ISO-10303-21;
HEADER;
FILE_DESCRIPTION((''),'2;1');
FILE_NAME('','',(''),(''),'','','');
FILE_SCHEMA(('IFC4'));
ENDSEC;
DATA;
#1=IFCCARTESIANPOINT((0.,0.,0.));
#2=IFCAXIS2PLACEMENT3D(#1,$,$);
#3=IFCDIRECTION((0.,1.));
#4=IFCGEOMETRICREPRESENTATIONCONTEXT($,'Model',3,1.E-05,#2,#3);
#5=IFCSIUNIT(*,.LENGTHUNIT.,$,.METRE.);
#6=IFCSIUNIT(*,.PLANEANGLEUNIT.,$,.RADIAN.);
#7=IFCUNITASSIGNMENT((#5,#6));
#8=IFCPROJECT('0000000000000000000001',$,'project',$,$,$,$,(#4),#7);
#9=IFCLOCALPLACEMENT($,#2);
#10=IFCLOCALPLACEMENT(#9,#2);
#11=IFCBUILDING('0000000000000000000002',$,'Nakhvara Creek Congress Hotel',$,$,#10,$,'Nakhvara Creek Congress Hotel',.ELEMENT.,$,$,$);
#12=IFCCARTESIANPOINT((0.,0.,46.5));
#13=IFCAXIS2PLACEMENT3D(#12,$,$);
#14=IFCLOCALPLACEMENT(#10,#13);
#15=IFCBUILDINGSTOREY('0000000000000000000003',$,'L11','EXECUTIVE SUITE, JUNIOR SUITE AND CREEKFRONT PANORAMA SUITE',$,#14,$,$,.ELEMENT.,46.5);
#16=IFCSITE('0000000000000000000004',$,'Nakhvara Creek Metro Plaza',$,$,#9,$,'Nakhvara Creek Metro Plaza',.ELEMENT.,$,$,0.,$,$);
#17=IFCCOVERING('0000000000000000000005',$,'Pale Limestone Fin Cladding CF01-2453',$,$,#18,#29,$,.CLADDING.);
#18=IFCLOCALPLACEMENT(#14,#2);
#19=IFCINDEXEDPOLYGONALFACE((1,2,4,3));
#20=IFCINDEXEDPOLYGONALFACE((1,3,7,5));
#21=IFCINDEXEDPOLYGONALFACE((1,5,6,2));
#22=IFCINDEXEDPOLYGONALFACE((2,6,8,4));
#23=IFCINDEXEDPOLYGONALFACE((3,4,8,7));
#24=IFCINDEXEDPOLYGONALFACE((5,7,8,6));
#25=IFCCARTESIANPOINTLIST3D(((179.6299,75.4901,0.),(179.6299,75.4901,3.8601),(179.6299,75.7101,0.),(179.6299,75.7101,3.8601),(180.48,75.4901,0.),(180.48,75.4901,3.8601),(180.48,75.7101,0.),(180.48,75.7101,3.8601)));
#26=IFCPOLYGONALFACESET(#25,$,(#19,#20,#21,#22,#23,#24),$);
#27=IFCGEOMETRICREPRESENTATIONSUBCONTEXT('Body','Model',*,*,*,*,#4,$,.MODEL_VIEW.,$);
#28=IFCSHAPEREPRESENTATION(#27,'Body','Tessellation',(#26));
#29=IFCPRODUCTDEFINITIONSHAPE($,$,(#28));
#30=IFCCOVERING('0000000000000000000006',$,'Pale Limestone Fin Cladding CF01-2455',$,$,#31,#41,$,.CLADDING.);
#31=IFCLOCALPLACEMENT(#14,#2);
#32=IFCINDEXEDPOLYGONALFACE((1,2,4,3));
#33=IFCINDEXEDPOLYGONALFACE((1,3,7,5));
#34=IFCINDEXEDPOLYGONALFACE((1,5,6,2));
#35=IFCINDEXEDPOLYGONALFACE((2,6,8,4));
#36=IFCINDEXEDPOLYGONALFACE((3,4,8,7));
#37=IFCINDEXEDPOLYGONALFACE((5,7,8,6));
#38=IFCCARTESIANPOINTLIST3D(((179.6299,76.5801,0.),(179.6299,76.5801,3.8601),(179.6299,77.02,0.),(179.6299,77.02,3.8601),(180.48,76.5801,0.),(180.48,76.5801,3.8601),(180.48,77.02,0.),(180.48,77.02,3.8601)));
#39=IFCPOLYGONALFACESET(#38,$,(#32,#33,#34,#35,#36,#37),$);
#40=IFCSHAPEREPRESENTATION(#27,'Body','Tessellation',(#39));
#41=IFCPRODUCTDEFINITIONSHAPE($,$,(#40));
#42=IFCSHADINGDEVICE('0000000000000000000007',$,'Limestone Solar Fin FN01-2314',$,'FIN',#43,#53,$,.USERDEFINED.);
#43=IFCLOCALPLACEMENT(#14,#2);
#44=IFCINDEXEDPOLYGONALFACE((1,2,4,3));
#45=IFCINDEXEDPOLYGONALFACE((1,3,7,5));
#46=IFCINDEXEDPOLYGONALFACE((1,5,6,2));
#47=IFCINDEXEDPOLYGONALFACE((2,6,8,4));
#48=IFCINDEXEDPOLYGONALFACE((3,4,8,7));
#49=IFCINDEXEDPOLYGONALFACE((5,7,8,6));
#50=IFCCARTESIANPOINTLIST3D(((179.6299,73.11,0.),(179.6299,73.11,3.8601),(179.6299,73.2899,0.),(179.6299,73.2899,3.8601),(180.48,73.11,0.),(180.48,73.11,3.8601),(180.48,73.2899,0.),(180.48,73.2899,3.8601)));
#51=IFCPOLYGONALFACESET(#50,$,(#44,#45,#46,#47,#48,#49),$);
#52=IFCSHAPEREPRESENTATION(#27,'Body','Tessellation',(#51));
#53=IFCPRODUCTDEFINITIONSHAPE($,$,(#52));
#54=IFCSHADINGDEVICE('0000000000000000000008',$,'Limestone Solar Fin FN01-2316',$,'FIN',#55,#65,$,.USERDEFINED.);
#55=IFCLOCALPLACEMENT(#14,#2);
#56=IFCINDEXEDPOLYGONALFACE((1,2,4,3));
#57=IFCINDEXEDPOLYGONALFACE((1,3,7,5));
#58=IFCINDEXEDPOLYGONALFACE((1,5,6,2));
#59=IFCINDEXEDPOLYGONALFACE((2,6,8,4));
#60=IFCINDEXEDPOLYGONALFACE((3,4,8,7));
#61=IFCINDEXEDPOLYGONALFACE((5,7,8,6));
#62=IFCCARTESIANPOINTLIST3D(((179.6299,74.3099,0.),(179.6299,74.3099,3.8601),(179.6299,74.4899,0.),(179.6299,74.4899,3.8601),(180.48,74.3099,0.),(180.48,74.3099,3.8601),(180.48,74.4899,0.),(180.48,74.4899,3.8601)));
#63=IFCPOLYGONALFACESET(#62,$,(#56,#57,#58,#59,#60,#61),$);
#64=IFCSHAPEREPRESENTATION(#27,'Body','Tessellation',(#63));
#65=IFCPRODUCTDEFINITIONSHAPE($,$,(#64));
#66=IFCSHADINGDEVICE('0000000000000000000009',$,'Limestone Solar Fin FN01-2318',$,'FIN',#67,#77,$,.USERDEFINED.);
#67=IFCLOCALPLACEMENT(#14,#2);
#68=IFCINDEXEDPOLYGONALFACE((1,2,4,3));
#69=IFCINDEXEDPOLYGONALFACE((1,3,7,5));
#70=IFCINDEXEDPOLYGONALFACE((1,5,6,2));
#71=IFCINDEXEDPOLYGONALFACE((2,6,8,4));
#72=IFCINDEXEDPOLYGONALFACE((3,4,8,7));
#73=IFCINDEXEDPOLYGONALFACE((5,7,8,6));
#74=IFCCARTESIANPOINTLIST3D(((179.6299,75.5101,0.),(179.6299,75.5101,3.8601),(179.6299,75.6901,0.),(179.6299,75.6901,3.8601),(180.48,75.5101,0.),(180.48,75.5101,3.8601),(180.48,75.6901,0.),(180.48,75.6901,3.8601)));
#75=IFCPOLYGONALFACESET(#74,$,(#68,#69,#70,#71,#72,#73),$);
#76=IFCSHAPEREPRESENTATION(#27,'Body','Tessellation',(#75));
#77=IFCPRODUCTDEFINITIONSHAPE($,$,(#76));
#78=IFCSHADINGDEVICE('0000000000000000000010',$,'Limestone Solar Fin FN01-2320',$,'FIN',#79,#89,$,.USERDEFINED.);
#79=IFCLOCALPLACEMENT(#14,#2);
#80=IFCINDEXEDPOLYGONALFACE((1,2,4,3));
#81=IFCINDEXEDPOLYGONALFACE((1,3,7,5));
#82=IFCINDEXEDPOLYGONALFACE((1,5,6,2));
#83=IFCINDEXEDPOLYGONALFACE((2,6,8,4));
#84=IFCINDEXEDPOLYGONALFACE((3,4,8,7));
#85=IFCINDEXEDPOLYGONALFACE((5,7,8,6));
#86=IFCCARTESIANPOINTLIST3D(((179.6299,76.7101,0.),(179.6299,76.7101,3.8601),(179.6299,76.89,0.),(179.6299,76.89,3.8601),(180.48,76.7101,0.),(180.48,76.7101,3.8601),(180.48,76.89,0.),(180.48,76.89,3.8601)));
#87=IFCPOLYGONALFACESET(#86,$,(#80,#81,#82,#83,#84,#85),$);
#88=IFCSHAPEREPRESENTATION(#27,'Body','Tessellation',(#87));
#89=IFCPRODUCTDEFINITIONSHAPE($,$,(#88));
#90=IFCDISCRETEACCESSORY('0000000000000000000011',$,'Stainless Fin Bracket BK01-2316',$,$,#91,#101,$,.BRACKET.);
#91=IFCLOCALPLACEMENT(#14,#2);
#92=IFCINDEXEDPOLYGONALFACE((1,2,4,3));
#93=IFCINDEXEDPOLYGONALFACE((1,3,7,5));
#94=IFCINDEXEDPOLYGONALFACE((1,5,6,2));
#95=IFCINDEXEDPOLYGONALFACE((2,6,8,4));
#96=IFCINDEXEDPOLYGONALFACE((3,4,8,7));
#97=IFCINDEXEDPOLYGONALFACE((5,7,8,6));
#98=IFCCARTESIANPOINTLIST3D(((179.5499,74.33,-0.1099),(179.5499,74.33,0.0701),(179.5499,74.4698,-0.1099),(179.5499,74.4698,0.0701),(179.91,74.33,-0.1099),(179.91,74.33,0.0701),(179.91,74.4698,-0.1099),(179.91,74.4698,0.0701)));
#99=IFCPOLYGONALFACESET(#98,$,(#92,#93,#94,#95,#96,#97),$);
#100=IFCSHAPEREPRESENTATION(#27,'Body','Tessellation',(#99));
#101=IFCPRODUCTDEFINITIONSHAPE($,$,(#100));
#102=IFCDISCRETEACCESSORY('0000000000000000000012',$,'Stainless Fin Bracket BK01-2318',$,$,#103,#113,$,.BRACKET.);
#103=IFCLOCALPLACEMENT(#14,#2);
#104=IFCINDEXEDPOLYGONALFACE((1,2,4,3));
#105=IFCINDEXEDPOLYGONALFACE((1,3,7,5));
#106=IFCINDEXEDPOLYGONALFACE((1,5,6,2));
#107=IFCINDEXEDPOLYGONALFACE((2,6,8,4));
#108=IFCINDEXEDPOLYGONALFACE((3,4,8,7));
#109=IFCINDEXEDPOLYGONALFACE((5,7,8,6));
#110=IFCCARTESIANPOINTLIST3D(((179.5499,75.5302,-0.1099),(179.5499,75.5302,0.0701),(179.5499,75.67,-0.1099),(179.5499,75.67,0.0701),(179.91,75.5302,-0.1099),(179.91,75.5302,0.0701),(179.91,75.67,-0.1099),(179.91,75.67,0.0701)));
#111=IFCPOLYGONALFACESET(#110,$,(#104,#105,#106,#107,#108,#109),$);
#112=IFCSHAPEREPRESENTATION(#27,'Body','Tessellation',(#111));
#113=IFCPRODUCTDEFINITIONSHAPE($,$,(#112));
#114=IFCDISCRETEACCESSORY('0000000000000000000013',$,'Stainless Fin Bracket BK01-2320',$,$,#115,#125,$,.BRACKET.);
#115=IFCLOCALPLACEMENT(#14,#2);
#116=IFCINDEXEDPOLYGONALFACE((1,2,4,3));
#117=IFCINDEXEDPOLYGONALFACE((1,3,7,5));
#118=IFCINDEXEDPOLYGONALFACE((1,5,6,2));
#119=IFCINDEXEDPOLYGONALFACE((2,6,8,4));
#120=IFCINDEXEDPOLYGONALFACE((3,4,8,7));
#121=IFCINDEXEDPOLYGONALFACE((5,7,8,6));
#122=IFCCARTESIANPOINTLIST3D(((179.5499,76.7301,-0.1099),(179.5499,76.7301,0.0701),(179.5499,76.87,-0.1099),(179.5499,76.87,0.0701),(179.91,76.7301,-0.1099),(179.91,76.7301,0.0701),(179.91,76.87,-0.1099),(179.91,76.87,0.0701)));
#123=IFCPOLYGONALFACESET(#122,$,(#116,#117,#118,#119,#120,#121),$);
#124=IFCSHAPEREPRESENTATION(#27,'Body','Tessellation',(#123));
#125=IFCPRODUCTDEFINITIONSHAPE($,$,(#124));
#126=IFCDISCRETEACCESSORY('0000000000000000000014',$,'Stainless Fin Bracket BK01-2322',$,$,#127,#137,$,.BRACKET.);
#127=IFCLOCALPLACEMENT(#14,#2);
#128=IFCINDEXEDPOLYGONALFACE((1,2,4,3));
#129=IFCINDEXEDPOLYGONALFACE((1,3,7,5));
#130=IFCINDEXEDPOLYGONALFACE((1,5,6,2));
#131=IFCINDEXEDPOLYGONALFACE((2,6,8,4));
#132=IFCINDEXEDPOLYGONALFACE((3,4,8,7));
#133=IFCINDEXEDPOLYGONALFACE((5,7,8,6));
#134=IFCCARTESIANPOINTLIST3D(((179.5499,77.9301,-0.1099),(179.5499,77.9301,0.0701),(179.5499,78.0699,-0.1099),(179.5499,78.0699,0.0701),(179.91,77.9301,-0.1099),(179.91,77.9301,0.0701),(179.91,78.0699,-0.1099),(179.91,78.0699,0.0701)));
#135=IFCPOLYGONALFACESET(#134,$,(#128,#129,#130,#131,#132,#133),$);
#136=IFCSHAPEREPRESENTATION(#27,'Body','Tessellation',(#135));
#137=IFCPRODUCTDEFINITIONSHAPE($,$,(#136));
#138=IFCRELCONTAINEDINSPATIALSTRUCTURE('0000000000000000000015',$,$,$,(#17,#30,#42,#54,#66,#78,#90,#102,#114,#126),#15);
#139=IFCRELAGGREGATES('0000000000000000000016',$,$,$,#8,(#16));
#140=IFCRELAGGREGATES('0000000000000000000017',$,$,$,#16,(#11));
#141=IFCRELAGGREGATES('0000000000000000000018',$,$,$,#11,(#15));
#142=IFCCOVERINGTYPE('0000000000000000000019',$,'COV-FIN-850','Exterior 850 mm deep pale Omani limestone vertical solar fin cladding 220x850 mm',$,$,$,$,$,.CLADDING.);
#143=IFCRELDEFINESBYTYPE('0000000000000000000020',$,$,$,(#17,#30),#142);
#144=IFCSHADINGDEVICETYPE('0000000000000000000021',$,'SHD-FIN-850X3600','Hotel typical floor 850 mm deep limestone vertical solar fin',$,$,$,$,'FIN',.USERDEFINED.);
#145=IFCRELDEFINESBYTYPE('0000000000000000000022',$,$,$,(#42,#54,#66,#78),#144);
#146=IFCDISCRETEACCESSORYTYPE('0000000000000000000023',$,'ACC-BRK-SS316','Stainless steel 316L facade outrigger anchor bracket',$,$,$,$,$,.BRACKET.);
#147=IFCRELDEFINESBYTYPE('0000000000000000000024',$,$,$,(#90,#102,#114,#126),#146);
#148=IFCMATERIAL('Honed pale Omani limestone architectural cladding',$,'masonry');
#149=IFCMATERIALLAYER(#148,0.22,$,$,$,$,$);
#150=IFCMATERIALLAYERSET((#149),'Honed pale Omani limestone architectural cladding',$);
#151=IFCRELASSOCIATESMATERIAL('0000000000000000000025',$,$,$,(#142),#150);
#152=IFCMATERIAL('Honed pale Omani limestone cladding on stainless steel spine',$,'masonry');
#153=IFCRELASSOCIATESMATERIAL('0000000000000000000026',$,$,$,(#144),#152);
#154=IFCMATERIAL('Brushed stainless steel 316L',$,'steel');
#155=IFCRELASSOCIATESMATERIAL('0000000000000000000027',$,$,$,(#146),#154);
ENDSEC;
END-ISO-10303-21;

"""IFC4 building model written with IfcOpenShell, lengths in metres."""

from ifc_helpers import new_model, si_unit, direction, frame, origin, origin_2d, place, context, subcontext, project, spatial, rectangle, extrude, material, layer, layer_set, type_object, element, save


model = new_model("IFC4")

# Units and contexts
model_context = context("Model", 3, precision=1e-05, world=origin(), true_north=direction((0.0, 1.0)))
body_context = subcontext(model_context, "Body", "Model", "MODEL_VIEW")
ifc_project = project(units=[si_unit("LENGTHUNIT", "METRE"), si_unit("PLANEANGLEUNIT", "RADIAN")], contexts=[model_context])

# Site, building, storey
site_placement = place(None, origin())
site = spatial("IfcSite", under=ifc_project, at=site_placement, Name="Nakhvara Creek Metro Plaza", LongName="Nakhvara Creek Metro Plaza", CompositionType="ELEMENT", RefElevation=0.0)
building_placement = place(site_placement, origin())
building = spatial("IfcBuilding", under=site, at=building_placement, Name="Nakhvara Creek Congress Hotel", LongName="Nakhvara Creek Congress Hotel", CompositionType="ELEMENT")
storey_placement = place(building_placement, frame((0.0, 0.0, 46.5)))
storey = spatial("IfcBuildingStorey", under=building, at=storey_placement, Name="L11", Description="EXECUTIVE SUITE, JUNIOR SUITE AND CREEKFRONT PANORAMA SUITE", CompositionType="ELEMENT", Elevation=46.5)

# Coverings
ifc_material_1 = material(Name="Honed pale Omani limestone architectural cladding", Category="masonry")
ifc_layer_1 = layer(ifc_material_1, 0.22)
ifc_layer_set_1 = layer_set([ifc_layer_1], Name="Honed pale Omani limestone architectural cladding")
covering_type = type_object("IfcCoveringType", Name="COV-FIN-850", Description="Exterior 850 mm deep pale Omani limestone vertical solar fin cladding 220x850 mm", PredefinedType="CLADDING", material=ifc_layer_set_1)
for number, where, z_axis, x_axis, name in (
    (1, (180.0549, 75.6001, 0.0), (0.0, 0.0, 1.0), (0.0, 1.0, 0.0), "Pale Limestone Fin Cladding CF01-2453"),
):
    element("IfcCovering", number, at=place(storey_placement, frame(where, z_axis=z_axis, x_axis=x_axis)), inside=storey, type_object=covering_type, Name=name, PredefinedType="CLADDING", context=body_context, shape_type="SweptSolid", body=[
        extrude(rectangle(XDim=0.22, YDim=0.8501, at=origin_2d()), origin(), (0.0, 0.0, 1.0), 3.8601),
    ])
covering_placement = place(storey_placement, frame((180.0549, 76.8, 0.0), z_axis=(0.0, 0.0, 1.0), x_axis=(0.0, 1.0, 0.0)))
element("IfcCovering", 2, at=covering_placement, inside=storey, type_object=covering_type, Name="Pale Limestone Fin Cladding CF01-2455", PredefinedType="CLADDING", context=body_context, shape_type="SweptSolid", body=[
    extrude(rectangle(XDim=0.4399, YDim=0.8501, at=origin_2d()), origin(), (0.0, 0.0, 1.0), 3.8601),
])

# Shading devices
ifc_material_2 = material(Name="Honed pale Omani limestone cladding on stainless steel spine", Category="masonry")
shading_device_type = type_object("IfcShadingDeviceType", Name="SHD-FIN-850X3600", Description="Hotel typical floor 850 mm deep limestone vertical solar fin", ElementType="FIN", PredefinedType="USERDEFINED", material=ifc_material_2)
for number, where, z_axis, x_axis, name in (
    (3, (180.0549, 73.2, 0.0), (0.0, 0.0, 1.0), (0.0, 1.0, 0.0), "Limestone Solar Fin FN01-2314"),
    (4, (180.0549, 74.3999, 0.0), (0.0, 0.0, 1.0), (0.0, 1.0, 0.0), "Limestone Solar Fin FN01-2316"),
    (5, (180.0549, 75.6001, 0.0), (0.0, 0.0, 1.0), (0.0, 1.0, 0.0), "Limestone Solar Fin FN01-2318"),
    (6, (180.0549, 76.8, 0.0), (0.0, 0.0, 1.0), (0.0, 1.0, 0.0), "Limestone Solar Fin FN01-2320"),
):
    element("IfcShadingDevice", number, at=place(storey_placement, frame(where, z_axis=z_axis, x_axis=x_axis)), inside=storey, type_object=shading_device_type, Name=name, ObjectType="FIN", PredefinedType="USERDEFINED", context=body_context, shape_type="SweptSolid", body=[
        extrude(rectangle(XDim=0.1799, YDim=0.8501, at=origin_2d()), origin(), (0.0, 0.0, 1.0), 3.8601),
    ])

# Discrete accessories
ifc_material_3 = material(Name="Brushed stainless steel 316L", Category="steel")
discrete_accessory_type = type_object("IfcDiscreteAccessoryType", Name="ACC-BRK-SS316", Description="Stainless steel 316L facade outrigger anchor bracket", PredefinedType="BRACKET", material=ifc_material_3)
for number, where, z_axis, x_axis, name in (
    (7, (179.73, 74.3999, -0.1099), (0.0, 0.0, 1.0), (0.0, 1.0, 0.0), "Stainless Fin Bracket BK01-2316"),
    (8, (179.73, 75.6001, -0.1099), (0.0, 0.0, 1.0), (0.0, 1.0, 0.0), "Stainless Fin Bracket BK01-2318"),
    (9, (179.73, 76.8, -0.1099), (0.0, 0.0, 1.0), (0.0, 1.0, 0.0), "Stainless Fin Bracket BK01-2320"),
    (10, (179.73, 78.0, -0.1099), (0.0, 0.0, 1.0), (0.0, 1.0, 0.0), "Stainless Fin Bracket BK01-2322"),
):
    element("IfcDiscreteAccessory", number, at=place(storey_placement, frame(where, z_axis=z_axis, x_axis=x_axis)), inside=storey, type_object=discrete_accessory_type, Name=name, PredefinedType="BRACKET", context=body_context, shape_type="SweptSolid", body=[
        extrude(rectangle(XDim=0.1399, YDim=0.3601, at=origin_2d()), origin(), (0.0, 0.0, 1.0), 0.1799),
    ])

save(model, "model.ifc")
